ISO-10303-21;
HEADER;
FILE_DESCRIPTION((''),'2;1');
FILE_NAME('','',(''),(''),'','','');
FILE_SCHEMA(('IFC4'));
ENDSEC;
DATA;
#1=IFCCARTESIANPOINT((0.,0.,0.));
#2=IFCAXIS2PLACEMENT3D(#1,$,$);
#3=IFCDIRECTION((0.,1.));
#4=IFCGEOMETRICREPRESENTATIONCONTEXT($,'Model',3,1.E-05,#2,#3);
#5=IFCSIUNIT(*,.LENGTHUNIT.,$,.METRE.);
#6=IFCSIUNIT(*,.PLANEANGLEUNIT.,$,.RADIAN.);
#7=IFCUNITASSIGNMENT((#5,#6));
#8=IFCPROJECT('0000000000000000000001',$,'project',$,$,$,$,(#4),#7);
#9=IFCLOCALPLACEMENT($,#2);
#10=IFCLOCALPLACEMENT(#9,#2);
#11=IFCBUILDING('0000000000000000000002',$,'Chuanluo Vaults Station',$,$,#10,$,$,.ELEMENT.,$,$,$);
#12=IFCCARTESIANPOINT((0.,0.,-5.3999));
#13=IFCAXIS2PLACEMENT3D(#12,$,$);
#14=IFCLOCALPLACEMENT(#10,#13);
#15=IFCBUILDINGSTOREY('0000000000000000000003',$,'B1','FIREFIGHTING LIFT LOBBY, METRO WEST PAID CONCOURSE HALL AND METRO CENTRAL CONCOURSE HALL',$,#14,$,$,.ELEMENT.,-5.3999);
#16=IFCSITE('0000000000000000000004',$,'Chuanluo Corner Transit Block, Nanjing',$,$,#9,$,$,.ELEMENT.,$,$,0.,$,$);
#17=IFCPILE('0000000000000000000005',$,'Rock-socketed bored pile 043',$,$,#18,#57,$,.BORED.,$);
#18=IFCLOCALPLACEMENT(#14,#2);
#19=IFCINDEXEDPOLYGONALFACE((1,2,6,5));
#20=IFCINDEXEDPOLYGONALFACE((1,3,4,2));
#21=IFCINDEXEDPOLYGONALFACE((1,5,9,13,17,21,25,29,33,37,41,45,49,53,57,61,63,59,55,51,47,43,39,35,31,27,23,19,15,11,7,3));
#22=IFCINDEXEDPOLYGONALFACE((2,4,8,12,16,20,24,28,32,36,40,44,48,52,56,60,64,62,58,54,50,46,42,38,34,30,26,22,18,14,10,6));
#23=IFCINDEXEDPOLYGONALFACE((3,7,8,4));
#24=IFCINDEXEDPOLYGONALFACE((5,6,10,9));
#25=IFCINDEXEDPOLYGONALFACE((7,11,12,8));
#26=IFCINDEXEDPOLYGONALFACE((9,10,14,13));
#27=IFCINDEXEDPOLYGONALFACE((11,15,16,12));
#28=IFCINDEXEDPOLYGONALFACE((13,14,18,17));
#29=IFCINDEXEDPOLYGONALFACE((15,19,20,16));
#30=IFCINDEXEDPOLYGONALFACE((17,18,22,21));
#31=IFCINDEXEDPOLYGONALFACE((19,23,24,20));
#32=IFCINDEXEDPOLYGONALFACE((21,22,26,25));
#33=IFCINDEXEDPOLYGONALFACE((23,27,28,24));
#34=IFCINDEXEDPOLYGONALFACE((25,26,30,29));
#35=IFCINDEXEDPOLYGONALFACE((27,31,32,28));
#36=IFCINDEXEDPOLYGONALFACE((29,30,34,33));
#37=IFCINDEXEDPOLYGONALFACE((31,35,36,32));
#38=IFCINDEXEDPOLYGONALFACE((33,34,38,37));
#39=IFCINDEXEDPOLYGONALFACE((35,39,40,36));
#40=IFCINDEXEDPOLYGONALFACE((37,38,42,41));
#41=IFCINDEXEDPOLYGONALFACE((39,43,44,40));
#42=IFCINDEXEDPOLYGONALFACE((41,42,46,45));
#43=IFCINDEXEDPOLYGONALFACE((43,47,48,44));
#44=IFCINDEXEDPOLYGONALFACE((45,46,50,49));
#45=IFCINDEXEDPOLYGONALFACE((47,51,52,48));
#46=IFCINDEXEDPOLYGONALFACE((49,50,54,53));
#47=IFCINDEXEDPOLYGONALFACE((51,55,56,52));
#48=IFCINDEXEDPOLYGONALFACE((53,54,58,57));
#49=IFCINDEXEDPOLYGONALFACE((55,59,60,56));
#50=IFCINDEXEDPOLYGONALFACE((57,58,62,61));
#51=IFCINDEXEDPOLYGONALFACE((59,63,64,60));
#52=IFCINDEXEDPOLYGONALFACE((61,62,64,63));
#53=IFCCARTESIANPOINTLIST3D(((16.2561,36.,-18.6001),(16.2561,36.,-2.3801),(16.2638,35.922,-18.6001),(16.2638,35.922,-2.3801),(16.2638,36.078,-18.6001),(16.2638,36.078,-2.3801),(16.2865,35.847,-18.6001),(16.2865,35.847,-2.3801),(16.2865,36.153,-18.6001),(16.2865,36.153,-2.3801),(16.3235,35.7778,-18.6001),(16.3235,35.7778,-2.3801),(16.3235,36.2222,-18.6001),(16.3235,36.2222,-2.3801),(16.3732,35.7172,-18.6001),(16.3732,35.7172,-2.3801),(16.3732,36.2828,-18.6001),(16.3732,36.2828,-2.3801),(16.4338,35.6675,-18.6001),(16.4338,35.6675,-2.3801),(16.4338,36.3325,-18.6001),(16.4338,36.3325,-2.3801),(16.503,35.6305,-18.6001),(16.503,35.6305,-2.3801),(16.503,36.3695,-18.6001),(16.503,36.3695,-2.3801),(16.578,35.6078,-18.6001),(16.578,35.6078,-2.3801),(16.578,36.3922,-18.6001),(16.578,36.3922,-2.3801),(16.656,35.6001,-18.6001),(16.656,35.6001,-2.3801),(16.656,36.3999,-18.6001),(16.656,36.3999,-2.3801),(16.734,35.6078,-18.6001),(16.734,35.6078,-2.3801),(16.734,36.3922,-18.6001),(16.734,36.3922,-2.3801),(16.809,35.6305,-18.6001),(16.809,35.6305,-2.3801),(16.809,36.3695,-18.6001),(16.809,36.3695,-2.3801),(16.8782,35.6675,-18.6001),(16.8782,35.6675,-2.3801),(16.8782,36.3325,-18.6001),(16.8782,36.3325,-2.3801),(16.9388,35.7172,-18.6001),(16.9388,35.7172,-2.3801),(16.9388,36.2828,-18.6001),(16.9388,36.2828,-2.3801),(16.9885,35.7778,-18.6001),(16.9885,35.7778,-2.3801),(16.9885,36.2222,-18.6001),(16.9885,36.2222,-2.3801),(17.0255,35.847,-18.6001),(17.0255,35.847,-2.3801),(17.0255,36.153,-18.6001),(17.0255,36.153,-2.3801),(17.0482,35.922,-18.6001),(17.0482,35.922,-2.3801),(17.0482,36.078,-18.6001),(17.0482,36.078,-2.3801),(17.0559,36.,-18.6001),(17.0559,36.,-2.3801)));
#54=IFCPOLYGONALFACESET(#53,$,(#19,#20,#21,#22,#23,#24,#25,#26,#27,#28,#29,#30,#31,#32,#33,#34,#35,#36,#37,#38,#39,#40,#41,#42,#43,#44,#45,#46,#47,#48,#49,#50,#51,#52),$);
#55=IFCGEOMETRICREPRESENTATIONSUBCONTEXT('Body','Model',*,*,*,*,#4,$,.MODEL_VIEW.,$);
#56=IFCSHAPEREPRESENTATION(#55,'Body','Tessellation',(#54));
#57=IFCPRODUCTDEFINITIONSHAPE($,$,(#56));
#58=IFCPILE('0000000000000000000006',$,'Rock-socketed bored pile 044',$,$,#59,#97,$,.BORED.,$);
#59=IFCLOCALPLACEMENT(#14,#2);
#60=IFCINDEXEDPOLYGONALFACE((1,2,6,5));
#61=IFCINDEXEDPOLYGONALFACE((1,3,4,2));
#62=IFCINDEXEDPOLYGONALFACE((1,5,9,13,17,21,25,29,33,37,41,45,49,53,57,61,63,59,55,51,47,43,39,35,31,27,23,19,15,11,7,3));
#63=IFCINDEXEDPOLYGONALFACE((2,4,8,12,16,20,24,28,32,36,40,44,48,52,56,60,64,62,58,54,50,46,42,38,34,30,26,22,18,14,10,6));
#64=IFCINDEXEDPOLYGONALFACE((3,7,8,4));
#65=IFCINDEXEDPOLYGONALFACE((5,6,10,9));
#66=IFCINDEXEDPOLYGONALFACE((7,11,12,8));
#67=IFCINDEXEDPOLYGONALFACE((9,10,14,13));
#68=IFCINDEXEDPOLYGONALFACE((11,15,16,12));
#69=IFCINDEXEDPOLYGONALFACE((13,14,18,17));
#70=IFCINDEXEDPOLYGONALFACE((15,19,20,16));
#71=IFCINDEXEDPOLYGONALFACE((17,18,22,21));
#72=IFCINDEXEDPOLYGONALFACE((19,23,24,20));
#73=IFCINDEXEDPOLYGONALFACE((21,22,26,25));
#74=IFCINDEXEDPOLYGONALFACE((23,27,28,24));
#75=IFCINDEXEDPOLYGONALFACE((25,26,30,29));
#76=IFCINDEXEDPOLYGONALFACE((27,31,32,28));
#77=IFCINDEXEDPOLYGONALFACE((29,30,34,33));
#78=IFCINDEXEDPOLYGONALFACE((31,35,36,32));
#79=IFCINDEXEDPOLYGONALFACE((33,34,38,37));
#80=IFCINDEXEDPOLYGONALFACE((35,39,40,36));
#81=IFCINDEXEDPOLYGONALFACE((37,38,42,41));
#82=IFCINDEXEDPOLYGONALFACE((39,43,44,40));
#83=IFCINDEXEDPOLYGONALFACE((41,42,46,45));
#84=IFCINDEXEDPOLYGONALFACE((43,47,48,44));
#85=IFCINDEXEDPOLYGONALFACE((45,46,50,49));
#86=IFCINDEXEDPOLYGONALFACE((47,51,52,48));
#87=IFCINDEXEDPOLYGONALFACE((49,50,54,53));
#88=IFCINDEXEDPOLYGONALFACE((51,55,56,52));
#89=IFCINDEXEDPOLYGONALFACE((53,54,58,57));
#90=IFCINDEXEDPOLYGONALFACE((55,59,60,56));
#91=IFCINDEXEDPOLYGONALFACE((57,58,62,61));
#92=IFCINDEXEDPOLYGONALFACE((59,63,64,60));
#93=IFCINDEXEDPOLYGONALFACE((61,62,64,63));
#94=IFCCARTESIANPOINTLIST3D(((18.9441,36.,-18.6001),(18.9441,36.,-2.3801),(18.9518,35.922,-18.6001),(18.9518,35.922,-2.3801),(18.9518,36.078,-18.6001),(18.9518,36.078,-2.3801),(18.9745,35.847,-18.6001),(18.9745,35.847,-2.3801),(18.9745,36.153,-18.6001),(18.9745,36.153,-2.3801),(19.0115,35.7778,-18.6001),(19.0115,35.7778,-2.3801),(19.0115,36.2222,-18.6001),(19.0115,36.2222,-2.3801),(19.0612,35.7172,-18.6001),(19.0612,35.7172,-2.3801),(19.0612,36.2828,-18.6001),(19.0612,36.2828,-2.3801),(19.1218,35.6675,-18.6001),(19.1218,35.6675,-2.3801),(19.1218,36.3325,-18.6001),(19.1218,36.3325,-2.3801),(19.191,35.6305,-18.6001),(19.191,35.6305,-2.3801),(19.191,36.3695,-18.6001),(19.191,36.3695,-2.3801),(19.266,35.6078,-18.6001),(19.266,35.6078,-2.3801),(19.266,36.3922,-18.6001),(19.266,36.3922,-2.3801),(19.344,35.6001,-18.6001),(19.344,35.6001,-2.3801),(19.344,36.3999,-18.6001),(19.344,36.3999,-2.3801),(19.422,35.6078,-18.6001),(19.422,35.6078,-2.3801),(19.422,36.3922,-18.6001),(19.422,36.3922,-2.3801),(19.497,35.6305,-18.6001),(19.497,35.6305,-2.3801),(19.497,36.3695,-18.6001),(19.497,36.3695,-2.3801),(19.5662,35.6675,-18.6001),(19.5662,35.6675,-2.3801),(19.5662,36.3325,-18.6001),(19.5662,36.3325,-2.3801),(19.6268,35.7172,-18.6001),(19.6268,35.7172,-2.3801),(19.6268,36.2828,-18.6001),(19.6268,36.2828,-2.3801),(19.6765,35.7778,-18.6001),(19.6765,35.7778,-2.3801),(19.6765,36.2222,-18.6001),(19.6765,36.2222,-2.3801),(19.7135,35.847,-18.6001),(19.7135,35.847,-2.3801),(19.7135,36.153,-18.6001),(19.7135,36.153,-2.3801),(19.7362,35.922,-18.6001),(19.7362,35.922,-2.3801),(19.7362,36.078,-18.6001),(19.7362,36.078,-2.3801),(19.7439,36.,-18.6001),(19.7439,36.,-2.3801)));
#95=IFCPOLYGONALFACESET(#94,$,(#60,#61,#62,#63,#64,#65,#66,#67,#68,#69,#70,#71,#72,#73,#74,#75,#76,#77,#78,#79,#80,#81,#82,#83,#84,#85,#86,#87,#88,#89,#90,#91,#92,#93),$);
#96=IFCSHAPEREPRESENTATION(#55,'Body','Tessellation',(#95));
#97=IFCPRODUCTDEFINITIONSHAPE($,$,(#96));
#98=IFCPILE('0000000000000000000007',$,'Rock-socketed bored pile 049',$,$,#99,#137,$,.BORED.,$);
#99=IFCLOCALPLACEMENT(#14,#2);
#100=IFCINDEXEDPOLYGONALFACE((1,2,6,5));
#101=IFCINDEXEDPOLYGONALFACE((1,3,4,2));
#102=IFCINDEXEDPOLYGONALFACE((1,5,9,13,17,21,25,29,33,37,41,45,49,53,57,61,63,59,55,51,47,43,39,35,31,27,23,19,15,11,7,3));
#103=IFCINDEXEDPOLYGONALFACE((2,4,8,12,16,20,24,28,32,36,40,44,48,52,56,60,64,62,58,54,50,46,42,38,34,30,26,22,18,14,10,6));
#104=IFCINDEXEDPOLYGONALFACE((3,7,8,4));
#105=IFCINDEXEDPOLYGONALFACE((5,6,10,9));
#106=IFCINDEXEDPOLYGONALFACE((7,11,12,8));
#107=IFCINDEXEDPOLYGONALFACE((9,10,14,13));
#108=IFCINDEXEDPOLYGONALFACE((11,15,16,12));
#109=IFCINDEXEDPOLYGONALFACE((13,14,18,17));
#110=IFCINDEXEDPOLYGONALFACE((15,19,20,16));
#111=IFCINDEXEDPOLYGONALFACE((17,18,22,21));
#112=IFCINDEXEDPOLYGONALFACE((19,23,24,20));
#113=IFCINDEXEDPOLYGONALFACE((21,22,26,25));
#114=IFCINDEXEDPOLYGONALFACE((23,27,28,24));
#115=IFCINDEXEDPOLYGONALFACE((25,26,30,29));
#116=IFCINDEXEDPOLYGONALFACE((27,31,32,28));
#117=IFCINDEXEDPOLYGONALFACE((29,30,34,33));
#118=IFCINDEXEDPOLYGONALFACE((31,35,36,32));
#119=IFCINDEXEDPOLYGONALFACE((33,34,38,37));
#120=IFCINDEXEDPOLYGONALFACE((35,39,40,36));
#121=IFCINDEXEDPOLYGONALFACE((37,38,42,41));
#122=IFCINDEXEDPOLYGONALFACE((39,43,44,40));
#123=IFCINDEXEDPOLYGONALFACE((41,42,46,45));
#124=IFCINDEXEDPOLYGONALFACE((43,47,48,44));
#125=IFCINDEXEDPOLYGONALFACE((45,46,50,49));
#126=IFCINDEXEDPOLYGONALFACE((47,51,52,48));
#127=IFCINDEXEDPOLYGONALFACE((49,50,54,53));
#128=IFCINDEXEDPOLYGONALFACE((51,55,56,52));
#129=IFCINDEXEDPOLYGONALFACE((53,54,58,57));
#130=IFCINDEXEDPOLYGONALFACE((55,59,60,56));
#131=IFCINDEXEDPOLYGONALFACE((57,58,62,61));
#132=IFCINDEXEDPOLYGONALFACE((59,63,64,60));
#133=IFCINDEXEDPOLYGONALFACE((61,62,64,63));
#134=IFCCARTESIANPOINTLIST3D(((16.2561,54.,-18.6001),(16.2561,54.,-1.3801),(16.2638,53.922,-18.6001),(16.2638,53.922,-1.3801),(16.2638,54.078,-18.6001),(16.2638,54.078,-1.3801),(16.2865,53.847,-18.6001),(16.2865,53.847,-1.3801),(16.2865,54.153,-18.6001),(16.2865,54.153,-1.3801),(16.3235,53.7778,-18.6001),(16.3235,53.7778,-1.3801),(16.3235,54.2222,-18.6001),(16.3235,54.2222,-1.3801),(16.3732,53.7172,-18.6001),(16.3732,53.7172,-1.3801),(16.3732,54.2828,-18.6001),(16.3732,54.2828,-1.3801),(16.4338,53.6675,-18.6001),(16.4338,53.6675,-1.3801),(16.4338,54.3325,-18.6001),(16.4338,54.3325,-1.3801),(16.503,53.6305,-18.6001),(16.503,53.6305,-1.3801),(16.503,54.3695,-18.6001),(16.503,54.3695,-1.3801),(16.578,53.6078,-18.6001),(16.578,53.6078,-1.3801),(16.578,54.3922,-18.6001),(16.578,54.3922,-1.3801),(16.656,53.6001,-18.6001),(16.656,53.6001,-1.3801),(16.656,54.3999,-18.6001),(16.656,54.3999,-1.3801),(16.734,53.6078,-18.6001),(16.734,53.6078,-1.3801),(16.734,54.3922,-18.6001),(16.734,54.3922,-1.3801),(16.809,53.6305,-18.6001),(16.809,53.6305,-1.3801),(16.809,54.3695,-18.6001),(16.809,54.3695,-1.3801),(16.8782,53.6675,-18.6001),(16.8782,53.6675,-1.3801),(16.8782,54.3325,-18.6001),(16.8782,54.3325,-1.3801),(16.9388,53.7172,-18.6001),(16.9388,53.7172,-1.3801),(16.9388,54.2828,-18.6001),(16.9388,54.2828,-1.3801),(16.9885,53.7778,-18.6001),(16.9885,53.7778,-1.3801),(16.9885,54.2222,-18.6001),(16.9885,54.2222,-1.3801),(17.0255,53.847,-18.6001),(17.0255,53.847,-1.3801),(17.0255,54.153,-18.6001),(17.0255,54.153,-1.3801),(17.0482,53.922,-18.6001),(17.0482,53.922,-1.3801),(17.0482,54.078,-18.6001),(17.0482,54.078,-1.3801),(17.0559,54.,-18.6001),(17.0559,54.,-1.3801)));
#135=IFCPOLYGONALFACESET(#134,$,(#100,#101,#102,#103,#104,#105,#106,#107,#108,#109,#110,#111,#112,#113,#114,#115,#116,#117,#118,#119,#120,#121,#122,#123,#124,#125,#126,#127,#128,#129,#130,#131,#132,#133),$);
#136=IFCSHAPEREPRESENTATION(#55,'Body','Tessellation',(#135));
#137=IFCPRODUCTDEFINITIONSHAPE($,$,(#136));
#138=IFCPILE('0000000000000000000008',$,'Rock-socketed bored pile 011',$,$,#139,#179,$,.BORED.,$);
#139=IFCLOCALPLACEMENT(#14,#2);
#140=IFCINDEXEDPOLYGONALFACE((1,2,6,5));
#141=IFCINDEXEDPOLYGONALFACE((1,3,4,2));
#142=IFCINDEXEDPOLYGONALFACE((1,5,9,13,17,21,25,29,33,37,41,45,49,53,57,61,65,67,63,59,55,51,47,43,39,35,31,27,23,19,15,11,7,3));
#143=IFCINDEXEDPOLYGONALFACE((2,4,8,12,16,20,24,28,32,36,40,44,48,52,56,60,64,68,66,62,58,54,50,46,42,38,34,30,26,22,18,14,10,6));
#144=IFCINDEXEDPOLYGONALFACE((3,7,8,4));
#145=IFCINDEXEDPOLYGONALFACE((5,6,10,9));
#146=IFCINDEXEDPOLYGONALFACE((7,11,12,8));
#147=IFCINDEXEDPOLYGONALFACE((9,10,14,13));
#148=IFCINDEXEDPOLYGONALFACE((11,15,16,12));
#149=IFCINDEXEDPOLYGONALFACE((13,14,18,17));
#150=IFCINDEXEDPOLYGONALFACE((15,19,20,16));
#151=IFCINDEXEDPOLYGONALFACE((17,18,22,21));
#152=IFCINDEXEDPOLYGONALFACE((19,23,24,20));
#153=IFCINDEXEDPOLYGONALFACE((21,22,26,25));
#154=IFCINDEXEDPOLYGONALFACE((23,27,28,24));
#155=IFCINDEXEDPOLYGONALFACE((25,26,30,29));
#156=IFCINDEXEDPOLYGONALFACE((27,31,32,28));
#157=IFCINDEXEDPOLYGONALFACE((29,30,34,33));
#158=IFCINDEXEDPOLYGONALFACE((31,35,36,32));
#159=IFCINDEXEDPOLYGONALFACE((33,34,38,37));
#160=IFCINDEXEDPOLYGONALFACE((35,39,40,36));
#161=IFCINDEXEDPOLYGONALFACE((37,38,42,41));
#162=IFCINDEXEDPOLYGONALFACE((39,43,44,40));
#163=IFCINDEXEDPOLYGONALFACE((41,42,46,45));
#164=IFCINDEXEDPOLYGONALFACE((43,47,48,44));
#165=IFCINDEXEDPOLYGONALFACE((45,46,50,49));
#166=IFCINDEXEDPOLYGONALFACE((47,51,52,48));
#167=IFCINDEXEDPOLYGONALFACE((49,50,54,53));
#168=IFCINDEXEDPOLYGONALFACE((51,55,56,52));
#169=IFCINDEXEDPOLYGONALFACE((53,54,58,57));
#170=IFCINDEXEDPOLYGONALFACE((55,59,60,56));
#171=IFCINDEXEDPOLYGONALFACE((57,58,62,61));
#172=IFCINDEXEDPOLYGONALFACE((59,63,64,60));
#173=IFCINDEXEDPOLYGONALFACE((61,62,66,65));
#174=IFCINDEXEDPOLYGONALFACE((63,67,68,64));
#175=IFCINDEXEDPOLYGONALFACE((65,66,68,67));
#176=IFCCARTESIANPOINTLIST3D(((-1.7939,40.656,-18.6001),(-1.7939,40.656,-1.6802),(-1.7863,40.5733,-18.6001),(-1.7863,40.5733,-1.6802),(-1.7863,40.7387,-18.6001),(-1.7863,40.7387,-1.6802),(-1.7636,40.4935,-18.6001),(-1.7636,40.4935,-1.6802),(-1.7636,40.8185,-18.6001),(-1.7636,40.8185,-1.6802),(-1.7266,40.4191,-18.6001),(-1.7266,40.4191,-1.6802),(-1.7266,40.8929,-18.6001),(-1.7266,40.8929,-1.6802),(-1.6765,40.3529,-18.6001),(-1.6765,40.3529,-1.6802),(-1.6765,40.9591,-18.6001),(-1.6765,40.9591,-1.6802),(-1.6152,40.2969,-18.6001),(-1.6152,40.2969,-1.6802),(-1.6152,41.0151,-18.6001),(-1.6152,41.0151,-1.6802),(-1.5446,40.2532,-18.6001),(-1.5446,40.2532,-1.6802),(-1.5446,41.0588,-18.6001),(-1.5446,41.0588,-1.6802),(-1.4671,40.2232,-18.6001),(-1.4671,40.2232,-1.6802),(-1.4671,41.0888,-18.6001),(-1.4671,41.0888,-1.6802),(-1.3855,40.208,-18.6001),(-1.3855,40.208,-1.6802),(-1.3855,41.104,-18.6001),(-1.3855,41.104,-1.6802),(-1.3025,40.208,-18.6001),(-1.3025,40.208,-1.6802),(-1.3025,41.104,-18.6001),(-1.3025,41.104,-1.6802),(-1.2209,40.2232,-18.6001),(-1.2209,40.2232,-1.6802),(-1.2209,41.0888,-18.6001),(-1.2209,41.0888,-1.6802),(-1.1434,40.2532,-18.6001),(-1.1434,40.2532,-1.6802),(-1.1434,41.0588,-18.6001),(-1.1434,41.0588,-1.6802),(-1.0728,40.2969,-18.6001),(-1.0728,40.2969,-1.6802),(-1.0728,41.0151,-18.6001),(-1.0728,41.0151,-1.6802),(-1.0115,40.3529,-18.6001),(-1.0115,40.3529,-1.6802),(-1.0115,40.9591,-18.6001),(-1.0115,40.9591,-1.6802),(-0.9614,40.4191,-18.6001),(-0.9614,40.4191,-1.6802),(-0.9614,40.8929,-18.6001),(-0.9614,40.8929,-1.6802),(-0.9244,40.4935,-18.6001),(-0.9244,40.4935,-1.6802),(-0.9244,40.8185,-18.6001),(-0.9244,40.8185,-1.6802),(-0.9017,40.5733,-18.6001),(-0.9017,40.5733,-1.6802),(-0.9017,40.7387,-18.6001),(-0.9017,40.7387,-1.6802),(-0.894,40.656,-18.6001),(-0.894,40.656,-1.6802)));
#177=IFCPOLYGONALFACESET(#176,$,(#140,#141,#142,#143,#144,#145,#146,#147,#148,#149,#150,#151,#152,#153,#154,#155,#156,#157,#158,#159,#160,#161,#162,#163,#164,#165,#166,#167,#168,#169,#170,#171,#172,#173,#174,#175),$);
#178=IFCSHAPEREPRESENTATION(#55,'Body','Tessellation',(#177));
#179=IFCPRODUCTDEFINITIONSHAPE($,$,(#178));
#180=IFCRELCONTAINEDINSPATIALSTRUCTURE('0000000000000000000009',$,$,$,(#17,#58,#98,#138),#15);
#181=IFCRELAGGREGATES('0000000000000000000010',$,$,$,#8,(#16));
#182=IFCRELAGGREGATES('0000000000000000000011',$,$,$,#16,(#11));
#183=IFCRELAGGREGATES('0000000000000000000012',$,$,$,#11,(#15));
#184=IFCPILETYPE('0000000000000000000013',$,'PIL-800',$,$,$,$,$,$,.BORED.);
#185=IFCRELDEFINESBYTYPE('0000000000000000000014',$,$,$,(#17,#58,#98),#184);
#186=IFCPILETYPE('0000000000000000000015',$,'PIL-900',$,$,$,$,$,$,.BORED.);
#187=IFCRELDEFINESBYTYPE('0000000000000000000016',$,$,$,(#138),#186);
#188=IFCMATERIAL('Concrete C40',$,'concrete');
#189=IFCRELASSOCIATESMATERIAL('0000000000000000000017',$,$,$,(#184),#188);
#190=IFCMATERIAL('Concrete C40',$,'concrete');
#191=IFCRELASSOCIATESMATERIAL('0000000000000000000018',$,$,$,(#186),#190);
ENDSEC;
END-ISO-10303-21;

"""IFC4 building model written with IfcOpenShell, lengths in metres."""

from ifc_helpers import new_model, si_unit, direction, frame, origin, origin_2d, place, context, subcontext, project, spatial, circle, extrude, material, material_profile, profile_set, type_object, element, save


model = new_model("IFC4")

# Units and contexts
model_context = context("Model", 3, precision=1e-05, world=origin(), true_north=direction((0.0, 1.0)))
body_context = subcontext(model_context, "Body", "Model", "MODEL_VIEW")
ifc_project = project(units=[si_unit("LENGTHUNIT", "METRE"), si_unit("PLANEANGLEUNIT", "RADIAN")], contexts=[model_context])

# Site, building, storey
site_placement = place(None, origin())
site = spatial("IfcSite", under=ifc_project, at=site_placement, Name="Chuanluo Corner Transit Block, Nanjing", CompositionType="ELEMENT", RefElevation=0.0)
building_placement = place(site_placement, origin())
building = spatial("IfcBuilding", under=site, at=building_placement, Name="Chuanluo Vaults Station", CompositionType="ELEMENT")
storey_placement = place(building_placement, frame((0.0, 0.0, -5.3999)))
storey = spatial("IfcBuildingStorey", under=building, at=storey_placement, Name="B1", Description="FIREFIGHTING LIFT LOBBY, METRO WEST PAID CONCOURSE HALL AND METRO CENTRAL CONCOURSE HALL", CompositionType="ELEMENT", Elevation=-5.3999)

# Piles
ifc_material_1 = material(Name="Concrete C40", Category="concrete")
ifc_material_profile_1 = material_profile(ifc_material_1, circle(Radius=0.3999, at=origin_2d()))
ifc_profile_set_1 = profile_set([ifc_material_profile_1], Name="Concrete C40")
pile_type_1 = type_object("IfcPileType", Name="PIL-800", PredefinedType="BORED", material=ifc_profile_set_1)
for number, where, z_axis, x_axis, name in (
    (1, (16.656, 36.0, -2.3801), (0.0, 0.0, -1.0), (1.0, 0.0, 0.0), "Rock-socketed bored pile 043"),
    (2, (19.344, 36.0, -2.3801), (0.0, 0.0, -1.0), (1.0, 0.0, 0.0), "Rock-socketed bored pile 044"),
):
    element("IfcPile", number, at=place(storey_placement, frame(where, z_axis=z_axis, x_axis=x_axis)), inside=storey, type_object=pile_type_1, Name=name, PredefinedType="BORED", context=body_context, shape_type="SweptSolid", body=[
        extrude(circle(Radius=0.3999, at=origin_2d()), origin(), (0.0, 0.0, 1.0), 16.22),
    ])
pile_1_placement = place(storey_placement, frame((16.656, 54.0, -1.3801), z_axis=(0.0, 0.0, -1.0), x_axis=(1.0, 0.0, 0.0)))
element("IfcPile", 3, at=pile_1_placement, inside=storey, type_object=pile_type_1, Name="Rock-socketed bored pile 049", PredefinedType="BORED", context=body_context, shape_type="SweptSolid", body=[
    extrude(circle(Radius=0.3999, at=origin_2d()), origin(), (0.0, 0.0, 1.0), 17.22),
])
ifc_material_2 = material(Name="Concrete C40", Category="concrete")
ifc_material_profile_2 = material_profile(ifc_material_2, circle(Radius=0.45, at=origin_2d()))
ifc_profile_set_2 = profile_set([ifc_material_profile_2], Name="Concrete C40")
pile_type_2 = type_object("IfcPileType", Name="PIL-900", PredefinedType="BORED", material=ifc_profile_set_2)
for number, where, z_axis, x_axis, name in (
    (4, (-1.344, 40.656, -1.6802), (0.0, 0.0, -1.0), (1.0, 0.0, 0.0), "Rock-socketed bored pile 011"),
):
    element("IfcPile", number, at=place(storey_placement, frame(where, z_axis=z_axis, x_axis=x_axis)), inside=storey, type_object=pile_type_2, Name=name, PredefinedType="BORED", context=body_context, shape_type="SweptSolid", body=[
        extrude(circle(Radius=0.45, at=origin_2d()), origin(), (0.0, 0.0, 1.0), 16.9199),
    ])

save(model, "model.ifc")
